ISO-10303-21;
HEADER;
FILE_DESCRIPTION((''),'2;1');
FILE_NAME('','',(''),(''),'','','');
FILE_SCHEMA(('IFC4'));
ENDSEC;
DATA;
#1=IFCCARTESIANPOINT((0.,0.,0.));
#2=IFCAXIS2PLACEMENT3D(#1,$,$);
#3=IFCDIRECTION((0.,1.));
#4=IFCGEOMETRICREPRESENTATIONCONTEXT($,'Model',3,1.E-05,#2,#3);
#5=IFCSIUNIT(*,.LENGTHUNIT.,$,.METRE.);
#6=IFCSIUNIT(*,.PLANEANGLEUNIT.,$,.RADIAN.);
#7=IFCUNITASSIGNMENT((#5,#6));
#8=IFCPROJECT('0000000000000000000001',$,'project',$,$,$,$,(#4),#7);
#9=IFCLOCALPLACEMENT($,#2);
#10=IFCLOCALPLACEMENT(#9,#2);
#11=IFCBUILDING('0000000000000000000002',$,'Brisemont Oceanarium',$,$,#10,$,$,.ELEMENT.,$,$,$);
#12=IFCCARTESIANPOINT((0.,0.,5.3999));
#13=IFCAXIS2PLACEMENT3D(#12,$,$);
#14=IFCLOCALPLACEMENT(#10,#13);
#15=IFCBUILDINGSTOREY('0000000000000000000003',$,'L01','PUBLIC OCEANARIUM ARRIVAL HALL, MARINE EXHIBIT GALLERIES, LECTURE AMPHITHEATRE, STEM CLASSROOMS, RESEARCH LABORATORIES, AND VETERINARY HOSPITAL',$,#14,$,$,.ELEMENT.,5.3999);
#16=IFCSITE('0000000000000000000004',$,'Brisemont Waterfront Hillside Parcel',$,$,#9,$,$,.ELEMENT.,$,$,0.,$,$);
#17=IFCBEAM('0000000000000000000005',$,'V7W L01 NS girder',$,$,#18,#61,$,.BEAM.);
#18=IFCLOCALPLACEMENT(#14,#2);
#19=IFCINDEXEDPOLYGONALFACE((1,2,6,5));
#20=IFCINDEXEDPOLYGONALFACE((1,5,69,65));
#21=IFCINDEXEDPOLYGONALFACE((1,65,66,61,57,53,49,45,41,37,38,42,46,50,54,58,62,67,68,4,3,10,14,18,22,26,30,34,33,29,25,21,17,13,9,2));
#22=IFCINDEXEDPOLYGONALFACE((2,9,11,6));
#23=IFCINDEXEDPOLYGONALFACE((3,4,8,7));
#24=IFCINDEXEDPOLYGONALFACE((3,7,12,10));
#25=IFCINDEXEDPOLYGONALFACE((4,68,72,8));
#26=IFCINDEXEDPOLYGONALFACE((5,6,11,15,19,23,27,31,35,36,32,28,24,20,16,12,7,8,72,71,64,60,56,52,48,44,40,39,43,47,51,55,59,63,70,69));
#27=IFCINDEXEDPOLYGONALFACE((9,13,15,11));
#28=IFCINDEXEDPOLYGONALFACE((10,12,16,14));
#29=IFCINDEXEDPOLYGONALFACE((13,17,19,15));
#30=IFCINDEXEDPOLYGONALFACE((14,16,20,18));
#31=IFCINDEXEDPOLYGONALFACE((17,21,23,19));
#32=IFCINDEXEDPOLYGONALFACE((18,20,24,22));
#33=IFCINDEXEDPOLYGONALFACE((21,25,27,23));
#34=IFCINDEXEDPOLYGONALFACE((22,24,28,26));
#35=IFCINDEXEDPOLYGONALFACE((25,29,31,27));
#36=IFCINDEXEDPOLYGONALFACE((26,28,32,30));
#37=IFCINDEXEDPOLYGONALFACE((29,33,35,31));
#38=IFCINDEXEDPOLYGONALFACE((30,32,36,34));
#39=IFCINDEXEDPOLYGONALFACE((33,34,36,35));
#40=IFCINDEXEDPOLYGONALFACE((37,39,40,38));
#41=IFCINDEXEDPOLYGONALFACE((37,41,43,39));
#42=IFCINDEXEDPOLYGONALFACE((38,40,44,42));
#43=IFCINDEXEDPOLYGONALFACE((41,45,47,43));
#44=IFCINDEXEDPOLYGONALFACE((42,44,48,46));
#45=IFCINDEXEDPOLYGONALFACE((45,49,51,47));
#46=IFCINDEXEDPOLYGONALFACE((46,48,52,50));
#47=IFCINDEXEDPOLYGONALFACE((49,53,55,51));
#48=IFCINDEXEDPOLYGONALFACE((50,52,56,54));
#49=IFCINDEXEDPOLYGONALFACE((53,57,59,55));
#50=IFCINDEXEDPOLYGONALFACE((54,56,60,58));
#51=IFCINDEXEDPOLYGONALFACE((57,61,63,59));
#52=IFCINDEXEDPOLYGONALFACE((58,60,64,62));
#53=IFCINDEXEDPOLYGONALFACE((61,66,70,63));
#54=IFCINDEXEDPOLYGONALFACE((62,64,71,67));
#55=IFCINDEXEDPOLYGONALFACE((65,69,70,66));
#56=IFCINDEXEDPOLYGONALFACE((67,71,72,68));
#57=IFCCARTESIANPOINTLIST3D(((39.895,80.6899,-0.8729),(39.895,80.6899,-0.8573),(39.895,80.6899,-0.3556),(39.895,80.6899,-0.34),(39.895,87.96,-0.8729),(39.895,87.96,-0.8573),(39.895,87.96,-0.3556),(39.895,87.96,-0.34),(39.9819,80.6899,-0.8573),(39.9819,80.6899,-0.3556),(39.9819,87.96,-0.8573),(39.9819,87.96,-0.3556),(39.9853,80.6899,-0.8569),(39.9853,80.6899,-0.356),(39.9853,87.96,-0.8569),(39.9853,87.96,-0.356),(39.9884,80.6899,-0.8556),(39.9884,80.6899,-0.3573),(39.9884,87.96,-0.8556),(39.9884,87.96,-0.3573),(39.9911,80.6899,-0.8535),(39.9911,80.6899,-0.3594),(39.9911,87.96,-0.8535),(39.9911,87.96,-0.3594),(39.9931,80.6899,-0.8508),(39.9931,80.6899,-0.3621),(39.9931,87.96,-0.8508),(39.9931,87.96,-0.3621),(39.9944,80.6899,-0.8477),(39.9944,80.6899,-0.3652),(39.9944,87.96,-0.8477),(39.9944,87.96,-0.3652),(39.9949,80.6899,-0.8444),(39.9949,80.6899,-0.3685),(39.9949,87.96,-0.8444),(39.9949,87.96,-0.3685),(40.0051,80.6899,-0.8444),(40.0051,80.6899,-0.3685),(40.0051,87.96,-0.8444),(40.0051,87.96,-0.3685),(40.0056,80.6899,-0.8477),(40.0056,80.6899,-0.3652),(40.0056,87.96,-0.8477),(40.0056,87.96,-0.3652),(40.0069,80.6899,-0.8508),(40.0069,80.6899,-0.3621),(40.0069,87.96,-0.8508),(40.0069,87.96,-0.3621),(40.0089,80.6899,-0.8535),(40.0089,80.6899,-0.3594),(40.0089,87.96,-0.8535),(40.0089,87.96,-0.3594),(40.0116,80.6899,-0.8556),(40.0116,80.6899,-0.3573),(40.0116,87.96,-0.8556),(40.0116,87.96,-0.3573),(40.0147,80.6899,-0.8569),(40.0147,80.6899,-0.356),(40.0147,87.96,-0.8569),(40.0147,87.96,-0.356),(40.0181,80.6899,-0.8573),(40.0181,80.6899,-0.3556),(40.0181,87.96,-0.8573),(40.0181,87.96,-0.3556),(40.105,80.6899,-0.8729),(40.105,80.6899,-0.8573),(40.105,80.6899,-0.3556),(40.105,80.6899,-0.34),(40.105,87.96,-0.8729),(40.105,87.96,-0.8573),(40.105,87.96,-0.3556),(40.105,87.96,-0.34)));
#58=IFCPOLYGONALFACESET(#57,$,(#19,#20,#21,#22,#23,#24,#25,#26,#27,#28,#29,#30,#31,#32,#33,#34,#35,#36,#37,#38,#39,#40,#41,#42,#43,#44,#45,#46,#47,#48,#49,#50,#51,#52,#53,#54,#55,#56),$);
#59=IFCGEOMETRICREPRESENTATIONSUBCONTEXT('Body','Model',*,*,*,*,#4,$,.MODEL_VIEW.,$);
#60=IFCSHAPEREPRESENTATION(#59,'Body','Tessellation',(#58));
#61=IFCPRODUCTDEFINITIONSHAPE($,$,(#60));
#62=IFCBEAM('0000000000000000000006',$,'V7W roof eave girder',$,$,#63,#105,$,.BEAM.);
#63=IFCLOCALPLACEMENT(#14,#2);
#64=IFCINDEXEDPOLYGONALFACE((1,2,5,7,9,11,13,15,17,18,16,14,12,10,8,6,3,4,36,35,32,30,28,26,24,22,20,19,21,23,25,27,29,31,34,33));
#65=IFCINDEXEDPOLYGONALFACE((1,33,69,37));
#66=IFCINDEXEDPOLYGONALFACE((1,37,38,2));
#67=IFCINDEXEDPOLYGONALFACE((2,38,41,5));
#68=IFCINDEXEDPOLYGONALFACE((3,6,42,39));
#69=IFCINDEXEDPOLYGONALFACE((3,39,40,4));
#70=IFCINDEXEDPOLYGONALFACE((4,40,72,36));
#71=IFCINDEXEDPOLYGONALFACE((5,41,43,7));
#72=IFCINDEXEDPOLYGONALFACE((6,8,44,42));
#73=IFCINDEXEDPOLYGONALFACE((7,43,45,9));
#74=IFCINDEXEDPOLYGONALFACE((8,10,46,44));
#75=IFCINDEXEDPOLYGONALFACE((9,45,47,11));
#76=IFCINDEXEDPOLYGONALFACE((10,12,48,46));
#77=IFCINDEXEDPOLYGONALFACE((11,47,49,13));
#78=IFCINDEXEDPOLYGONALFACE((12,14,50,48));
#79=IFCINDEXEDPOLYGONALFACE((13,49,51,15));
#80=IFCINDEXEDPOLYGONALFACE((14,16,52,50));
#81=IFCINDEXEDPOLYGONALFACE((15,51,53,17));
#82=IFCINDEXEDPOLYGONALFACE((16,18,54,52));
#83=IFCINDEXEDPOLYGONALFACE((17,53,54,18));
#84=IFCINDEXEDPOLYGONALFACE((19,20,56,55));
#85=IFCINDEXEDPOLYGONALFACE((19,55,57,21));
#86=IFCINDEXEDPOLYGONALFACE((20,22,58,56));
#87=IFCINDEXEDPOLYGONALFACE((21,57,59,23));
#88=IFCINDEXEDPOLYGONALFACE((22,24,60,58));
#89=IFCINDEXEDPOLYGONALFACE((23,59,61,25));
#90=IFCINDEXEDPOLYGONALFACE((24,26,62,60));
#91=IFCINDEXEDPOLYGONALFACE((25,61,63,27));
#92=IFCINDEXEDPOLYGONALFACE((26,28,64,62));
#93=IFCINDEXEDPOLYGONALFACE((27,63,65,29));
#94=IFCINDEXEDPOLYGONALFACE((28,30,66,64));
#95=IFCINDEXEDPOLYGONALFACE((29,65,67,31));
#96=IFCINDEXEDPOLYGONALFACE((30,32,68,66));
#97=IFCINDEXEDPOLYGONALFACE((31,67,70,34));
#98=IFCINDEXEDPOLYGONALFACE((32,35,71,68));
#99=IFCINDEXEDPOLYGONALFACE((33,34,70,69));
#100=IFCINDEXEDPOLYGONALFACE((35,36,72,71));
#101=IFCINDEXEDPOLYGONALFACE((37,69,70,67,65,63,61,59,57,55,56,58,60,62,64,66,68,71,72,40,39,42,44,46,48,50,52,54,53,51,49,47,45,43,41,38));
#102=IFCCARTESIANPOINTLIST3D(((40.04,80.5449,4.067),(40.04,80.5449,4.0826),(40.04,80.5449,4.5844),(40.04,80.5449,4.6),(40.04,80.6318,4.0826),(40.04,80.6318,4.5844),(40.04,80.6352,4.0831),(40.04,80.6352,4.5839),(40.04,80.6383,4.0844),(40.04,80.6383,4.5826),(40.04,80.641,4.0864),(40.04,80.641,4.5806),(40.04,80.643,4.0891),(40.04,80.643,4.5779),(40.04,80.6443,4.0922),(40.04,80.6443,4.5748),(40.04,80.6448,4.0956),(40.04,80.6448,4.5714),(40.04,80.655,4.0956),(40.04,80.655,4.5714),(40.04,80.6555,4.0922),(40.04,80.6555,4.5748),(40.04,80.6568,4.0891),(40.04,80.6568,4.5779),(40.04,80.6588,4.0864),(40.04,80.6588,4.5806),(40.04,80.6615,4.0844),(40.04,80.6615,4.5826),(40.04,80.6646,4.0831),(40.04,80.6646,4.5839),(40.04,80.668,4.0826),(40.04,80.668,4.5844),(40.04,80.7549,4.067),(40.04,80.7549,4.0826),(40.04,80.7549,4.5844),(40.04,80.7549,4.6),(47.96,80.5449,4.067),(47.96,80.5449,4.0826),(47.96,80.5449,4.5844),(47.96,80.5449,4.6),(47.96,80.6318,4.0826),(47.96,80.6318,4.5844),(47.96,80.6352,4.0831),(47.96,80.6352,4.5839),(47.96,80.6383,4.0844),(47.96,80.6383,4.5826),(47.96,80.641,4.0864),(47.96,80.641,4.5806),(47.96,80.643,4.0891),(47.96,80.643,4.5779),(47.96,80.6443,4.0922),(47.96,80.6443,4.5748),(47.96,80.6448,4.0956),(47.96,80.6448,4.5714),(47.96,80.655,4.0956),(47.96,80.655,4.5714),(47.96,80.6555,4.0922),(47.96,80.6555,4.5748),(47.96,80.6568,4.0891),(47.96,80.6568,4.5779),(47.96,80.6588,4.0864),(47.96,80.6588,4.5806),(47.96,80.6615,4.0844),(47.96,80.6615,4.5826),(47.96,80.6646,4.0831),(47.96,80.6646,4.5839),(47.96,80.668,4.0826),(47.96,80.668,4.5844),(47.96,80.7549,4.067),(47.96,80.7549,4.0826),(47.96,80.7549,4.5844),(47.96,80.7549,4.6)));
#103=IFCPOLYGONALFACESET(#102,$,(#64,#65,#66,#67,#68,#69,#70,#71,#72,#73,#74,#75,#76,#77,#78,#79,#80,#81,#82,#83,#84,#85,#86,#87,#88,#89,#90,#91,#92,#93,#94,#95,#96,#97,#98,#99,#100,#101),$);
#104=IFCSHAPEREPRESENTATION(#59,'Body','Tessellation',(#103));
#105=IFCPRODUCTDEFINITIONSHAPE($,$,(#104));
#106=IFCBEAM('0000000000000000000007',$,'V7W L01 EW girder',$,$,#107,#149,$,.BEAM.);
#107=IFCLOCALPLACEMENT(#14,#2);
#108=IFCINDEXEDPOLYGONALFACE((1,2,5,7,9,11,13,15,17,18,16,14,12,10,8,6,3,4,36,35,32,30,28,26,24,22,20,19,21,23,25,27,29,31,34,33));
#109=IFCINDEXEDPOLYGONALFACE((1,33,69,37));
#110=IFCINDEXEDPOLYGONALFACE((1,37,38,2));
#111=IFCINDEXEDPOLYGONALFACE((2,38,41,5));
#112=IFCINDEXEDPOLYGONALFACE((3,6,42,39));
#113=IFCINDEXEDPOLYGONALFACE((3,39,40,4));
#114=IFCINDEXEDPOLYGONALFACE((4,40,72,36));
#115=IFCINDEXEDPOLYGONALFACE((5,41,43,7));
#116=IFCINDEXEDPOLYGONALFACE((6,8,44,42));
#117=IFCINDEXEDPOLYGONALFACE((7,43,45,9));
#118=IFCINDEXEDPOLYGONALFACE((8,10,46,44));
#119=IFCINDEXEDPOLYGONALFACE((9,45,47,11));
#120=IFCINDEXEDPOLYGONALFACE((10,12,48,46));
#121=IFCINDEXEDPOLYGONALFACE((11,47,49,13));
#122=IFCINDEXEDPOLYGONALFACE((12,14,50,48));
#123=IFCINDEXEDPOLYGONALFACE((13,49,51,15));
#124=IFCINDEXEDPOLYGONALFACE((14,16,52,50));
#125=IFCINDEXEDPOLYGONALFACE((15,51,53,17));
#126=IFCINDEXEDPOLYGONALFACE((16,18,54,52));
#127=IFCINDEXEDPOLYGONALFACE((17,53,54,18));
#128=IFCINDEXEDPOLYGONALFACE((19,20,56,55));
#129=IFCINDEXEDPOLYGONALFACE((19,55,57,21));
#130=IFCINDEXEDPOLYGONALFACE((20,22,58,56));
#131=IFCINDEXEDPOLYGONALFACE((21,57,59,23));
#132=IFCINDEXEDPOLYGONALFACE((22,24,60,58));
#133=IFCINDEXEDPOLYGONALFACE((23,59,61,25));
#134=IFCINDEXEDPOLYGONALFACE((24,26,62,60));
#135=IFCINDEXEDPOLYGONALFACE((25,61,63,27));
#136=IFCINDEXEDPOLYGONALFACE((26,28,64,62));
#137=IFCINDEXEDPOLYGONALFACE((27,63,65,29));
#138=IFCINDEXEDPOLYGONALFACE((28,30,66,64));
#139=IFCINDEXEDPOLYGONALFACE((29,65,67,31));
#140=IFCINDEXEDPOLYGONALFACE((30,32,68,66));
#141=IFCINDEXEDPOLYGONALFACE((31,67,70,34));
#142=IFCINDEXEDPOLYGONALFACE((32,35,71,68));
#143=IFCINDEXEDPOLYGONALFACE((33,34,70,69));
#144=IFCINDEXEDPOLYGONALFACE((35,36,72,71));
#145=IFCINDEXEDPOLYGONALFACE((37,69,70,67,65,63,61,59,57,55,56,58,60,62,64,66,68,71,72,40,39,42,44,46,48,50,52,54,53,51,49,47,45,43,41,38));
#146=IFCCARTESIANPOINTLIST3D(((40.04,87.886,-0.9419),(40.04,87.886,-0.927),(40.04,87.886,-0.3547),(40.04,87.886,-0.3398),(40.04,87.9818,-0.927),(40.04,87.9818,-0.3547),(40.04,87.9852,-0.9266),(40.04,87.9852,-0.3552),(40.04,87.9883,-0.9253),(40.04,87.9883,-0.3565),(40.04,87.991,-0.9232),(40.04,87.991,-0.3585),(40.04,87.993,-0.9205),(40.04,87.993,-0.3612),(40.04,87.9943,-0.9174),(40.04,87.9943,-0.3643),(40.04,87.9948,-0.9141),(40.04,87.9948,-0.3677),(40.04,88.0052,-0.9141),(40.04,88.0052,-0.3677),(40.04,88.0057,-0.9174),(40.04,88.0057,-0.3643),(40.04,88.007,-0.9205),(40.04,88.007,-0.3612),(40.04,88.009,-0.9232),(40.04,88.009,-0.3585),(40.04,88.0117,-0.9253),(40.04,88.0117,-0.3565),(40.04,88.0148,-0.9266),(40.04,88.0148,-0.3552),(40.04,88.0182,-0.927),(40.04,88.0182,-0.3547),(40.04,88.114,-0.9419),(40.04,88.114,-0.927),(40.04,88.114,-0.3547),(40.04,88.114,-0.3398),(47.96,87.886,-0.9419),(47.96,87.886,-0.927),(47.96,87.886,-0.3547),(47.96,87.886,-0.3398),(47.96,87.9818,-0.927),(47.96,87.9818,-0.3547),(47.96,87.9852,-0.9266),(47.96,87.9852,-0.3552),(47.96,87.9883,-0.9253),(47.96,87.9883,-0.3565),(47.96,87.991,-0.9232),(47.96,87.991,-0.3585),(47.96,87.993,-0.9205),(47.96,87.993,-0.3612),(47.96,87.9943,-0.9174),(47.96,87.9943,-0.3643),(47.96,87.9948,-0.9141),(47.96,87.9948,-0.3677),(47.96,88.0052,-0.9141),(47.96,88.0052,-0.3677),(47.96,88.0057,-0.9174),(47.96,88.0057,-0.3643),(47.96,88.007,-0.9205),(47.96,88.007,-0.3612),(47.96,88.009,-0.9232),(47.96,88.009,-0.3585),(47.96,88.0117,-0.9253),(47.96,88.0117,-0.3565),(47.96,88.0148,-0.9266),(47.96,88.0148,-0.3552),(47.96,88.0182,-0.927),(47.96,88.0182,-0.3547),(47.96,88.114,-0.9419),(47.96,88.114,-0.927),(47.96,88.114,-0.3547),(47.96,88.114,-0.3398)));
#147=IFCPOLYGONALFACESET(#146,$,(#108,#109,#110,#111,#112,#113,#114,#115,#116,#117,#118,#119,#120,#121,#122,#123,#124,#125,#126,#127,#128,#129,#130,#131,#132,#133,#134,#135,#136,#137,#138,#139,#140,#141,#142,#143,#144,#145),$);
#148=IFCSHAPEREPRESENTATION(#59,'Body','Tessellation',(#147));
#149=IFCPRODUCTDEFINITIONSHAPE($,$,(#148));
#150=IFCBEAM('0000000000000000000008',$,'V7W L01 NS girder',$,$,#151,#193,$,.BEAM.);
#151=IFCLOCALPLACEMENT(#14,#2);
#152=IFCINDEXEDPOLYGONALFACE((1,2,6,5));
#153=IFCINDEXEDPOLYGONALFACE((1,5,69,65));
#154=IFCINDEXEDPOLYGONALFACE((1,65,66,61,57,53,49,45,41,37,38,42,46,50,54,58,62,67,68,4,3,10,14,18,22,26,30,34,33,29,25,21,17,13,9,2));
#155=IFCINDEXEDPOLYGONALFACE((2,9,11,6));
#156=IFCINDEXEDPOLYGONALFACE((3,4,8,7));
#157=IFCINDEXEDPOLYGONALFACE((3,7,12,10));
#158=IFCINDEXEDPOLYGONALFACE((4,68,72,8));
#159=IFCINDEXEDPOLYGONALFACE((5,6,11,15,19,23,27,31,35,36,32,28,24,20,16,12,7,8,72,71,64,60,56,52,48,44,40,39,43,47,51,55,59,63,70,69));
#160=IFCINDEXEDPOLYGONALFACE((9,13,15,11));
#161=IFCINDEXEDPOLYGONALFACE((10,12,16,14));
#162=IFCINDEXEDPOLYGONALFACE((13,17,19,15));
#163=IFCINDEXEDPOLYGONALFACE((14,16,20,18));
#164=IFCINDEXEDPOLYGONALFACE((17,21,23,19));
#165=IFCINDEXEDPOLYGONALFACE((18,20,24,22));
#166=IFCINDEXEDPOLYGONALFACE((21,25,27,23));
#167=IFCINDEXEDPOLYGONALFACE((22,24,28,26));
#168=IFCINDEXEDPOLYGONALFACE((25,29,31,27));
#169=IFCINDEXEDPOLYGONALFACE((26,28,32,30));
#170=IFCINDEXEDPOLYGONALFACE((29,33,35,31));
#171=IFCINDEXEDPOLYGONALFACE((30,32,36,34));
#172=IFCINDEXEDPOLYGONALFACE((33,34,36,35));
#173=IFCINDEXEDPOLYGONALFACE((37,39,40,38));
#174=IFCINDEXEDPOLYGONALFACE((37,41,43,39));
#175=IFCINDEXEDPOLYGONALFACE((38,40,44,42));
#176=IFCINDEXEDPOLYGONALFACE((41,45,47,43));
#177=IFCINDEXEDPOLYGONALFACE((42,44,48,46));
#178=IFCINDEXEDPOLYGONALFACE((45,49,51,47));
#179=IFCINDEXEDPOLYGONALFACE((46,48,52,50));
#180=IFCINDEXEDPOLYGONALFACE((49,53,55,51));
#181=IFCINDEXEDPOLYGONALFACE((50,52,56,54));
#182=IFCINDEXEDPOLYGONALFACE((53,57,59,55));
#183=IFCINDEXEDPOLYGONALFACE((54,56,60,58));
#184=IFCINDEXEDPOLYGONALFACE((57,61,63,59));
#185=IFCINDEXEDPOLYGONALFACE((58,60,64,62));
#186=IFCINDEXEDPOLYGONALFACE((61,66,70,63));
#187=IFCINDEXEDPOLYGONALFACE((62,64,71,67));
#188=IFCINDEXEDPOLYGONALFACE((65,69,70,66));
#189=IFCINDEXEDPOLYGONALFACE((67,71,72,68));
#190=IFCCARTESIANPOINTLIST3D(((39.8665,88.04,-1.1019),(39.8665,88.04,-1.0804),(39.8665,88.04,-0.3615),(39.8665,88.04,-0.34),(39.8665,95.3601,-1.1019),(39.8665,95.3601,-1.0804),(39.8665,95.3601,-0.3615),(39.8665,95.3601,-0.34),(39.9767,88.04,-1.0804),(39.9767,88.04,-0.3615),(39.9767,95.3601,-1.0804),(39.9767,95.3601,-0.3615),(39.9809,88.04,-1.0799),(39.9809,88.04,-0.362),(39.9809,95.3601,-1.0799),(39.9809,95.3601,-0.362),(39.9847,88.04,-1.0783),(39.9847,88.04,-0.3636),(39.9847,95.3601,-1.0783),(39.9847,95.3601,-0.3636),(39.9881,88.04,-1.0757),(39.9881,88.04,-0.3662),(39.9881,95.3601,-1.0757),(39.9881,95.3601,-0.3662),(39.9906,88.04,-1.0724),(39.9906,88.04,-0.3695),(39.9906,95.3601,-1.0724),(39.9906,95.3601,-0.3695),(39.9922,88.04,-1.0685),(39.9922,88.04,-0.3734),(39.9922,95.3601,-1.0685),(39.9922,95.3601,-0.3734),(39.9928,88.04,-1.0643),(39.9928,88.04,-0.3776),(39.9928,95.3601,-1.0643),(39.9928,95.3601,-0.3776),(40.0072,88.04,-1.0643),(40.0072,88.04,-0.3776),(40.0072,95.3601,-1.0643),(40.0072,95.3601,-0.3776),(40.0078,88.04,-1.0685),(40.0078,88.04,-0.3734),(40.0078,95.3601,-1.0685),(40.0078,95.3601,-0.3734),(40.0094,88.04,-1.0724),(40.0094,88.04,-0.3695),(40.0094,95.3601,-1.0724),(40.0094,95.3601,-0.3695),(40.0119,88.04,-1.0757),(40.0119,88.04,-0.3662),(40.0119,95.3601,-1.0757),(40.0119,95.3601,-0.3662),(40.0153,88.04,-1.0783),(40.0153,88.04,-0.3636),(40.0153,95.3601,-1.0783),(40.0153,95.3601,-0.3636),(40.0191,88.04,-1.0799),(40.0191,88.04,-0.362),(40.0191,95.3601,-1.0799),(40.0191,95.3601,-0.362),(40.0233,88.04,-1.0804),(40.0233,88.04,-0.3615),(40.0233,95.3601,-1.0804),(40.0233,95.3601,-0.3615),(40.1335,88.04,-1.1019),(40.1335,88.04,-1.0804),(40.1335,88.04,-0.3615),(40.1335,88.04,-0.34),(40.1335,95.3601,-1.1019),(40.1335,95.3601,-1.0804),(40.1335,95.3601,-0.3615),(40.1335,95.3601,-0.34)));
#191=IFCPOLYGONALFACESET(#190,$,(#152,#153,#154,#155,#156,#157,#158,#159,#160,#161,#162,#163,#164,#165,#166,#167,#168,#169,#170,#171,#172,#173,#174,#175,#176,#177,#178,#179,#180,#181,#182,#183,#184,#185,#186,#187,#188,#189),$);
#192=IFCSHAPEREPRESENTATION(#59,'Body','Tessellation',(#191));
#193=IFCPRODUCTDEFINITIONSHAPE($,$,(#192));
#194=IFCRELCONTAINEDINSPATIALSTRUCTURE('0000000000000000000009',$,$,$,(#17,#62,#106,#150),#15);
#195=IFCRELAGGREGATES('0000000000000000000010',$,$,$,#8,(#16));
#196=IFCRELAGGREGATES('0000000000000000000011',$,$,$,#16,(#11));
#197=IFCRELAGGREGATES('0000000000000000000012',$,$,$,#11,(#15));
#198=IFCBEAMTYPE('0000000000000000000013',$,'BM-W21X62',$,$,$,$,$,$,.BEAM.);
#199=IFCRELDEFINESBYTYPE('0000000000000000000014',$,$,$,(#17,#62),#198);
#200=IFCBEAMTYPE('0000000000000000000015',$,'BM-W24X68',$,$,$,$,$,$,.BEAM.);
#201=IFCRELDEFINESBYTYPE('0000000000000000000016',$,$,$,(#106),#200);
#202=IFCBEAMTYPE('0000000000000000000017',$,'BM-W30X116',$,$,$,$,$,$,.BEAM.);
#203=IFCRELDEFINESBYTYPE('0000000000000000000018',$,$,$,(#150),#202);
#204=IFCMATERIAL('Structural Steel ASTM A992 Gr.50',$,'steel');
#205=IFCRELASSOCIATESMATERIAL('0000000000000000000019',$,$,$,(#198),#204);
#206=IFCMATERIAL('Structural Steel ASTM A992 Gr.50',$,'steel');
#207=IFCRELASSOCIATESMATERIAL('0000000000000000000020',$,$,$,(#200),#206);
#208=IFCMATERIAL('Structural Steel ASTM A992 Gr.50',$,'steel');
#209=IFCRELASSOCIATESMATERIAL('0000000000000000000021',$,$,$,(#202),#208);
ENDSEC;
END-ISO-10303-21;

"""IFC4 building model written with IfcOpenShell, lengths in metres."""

from ifc_helpers import new_model, si_unit, direction, frame, origin, origin_2d, place, context, subcontext, project, spatial, i_section, extrude, material, material_profile, profile_set, type_object, element, save


model = new_model("IFC4")

# Units and contexts
model_context = context("Model", 3, precision=1e-05, world=origin(), true_north=direction((0.0, 1.0)))
body_context = subcontext(model_context, "Body", "Model", "MODEL_VIEW")
ifc_project = project(units=[si_unit("LENGTHUNIT", "METRE"), si_unit("PLANEANGLEUNIT", "RADIAN")], contexts=[model_context])

# Site, building, storey
site_placement = place(None, origin())
site = spatial("IfcSite", under=ifc_project, at=site_placement, Name="Brisemont Waterfront Hillside Parcel", CompositionType="ELEMENT", RefElevation=0.0)
building_placement = place(site_placement, origin())
building = spatial("IfcBuilding", under=site, at=building_placement, Name="Brisemont Oceanarium", CompositionType="ELEMENT")
storey_placement = place(building_placement, frame((0.0, 0.0, 5.3999)))
storey = spatial("IfcBuildingStorey", under=building, at=storey_placement, Name="L01", Description="PUBLIC OCEANARIUM ARRIVAL HALL, MARINE EXHIBIT GALLERIES, LECTURE AMPHITHEATRE, STEM CLASSROOMS, RESEARCH LABORATORIES, AND VETERINARY HOSPITAL", CompositionType="ELEMENT", Elevation=5.3999)

# Beams
ifc_material_1 = material(Name="Structural Steel ASTM A992 Gr.50", Category="steel")
ifc_material_profile_1 = material_profile(ifc_material_1, i_section(OverallWidth=0.21, OverallDepth=0.533, WebThickness=0.0103, FlangeThickness=0.0156, FilletRadius=0.0129, at=origin_2d()), Name="W21X62")
ifc_profile_set_1 = profile_set([ifc_material_profile_1], Name="Structural Steel ASTM A992 Gr.50")
beam_type_1 = type_object("IfcBeamType", Name="BM-W21X62", PredefinedType="BEAM", material=ifc_profile_set_1)
beam_1_placement = place(storey_placement, frame((40.0, 80.6899, -0.6064), z_axis=(0.0, 1.0, 0.0), x_axis=(-1.0, 0.0, 0.0)))
element("IfcBeam", 1, at=beam_1_placement, inside=storey, type_object=beam_type_1, Name="V7W L01 NS girder", PredefinedType="BEAM", context=body_context, shape_type="SweptSolid", body=[
    extrude(i_section(OverallWidth=0.21, OverallDepth=0.533, WebThickness=0.0103, FlangeThickness=0.0156, FilletRadius=0.0129, at=origin_2d()), origin(), (0.0, 0.0, 1.0), 7.27),
])
beam_2_placement = place(storey_placement, frame((40.04, 80.6499, 4.3335), z_axis=(1.0, 0.0, 0.0), x_axis=(0.0, 1.0, 0.0)))
element("IfcBeam", 2, at=beam_2_placement, inside=storey, type_object=beam_type_1, Name="V7W roof eave girder", PredefinedType="BEAM", context=body_context, shape_type="SweptSolid", body=[
    extrude(i_section(OverallWidth=0.21, OverallDepth=0.533, WebThickness=0.0103, FlangeThickness=0.0156, FilletRadius=0.0129, at=origin_2d()), origin(), (0.0, 0.0, 1.0), 7.9199),
])
ifc_material_2 = material(Name="Structural Steel ASTM A992 Gr.50", Category="steel")
ifc_material_profile_2 = material_profile(ifc_material_2, i_section(OverallWidth=0.228, OverallDepth=0.6021, WebThickness=0.0105, FlangeThickness=0.0149, FilletRadius=0.0129, at=origin_2d()), Name="W24X68")
ifc_profile_set_2 = profile_set([ifc_material_profile_2], Name="Structural Steel ASTM A992 Gr.50")
beam_type_2 = type_object("IfcBeamType", Name="BM-W24X68", PredefinedType="BEAM", material=ifc_profile_set_2)
beam_3_placement = place(storey_placement, frame((40.04, 88.0, -0.6409), z_axis=(1.0, 0.0, 0.0), x_axis=(0.0, 1.0, 0.0)))
element("IfcBeam", 3, at=beam_3_placement, inside=storey, type_object=beam_type_2, Name="V7W L01 EW girder", PredefinedType="BEAM", context=body_context, shape_type="SweptSolid", body=[
    extrude(i_section(OverallWidth=0.228, OverallDepth=0.6021, WebThickness=0.0105, FlangeThickness=0.0149, FilletRadius=0.0129, at=origin_2d()), origin(), (0.0, 0.0, 1.0), 7.9199),
])
ifc_material_3 = material(Name="Structural Steel ASTM A992 Gr.50", Category="steel")
ifc_material_profile_3 = material_profile(ifc_material_3, i_section(OverallWidth=0.2671, OverallDepth=0.762, WebThickness=0.0144, FlangeThickness=0.0215, FilletRadius=0.0161, at=origin_2d()), Name="W30X116")
ifc_profile_set_3 = profile_set([ifc_material_profile_3], Name="Structural Steel ASTM A992 Gr.50")
beam_type_3 = type_object("IfcBeamType", Name="BM-W30X116", PredefinedType="BEAM", material=ifc_profile_set_3)
beam_4_placement = place(storey_placement, frame((40.0, 88.04, -0.7209), z_axis=(0.0, 1.0, 0.0), x_axis=(-1.0, 0.0, 0.0)))
element("IfcBeam", 4, at=beam_4_placement, inside=storey, type_object=beam_type_3, Name="V7W L01 NS girder", PredefinedType="BEAM", context=body_context, shape_type="SweptSolid", body=[
    extrude(i_section(OverallWidth=0.2671, OverallDepth=0.762, WebThickness=0.0144, FlangeThickness=0.0215, FilletRadius=0.0161, at=origin_2d()), origin(), (0.0, 0.0, 1.0), 7.3201),
])

save(model, "model.ifc")
